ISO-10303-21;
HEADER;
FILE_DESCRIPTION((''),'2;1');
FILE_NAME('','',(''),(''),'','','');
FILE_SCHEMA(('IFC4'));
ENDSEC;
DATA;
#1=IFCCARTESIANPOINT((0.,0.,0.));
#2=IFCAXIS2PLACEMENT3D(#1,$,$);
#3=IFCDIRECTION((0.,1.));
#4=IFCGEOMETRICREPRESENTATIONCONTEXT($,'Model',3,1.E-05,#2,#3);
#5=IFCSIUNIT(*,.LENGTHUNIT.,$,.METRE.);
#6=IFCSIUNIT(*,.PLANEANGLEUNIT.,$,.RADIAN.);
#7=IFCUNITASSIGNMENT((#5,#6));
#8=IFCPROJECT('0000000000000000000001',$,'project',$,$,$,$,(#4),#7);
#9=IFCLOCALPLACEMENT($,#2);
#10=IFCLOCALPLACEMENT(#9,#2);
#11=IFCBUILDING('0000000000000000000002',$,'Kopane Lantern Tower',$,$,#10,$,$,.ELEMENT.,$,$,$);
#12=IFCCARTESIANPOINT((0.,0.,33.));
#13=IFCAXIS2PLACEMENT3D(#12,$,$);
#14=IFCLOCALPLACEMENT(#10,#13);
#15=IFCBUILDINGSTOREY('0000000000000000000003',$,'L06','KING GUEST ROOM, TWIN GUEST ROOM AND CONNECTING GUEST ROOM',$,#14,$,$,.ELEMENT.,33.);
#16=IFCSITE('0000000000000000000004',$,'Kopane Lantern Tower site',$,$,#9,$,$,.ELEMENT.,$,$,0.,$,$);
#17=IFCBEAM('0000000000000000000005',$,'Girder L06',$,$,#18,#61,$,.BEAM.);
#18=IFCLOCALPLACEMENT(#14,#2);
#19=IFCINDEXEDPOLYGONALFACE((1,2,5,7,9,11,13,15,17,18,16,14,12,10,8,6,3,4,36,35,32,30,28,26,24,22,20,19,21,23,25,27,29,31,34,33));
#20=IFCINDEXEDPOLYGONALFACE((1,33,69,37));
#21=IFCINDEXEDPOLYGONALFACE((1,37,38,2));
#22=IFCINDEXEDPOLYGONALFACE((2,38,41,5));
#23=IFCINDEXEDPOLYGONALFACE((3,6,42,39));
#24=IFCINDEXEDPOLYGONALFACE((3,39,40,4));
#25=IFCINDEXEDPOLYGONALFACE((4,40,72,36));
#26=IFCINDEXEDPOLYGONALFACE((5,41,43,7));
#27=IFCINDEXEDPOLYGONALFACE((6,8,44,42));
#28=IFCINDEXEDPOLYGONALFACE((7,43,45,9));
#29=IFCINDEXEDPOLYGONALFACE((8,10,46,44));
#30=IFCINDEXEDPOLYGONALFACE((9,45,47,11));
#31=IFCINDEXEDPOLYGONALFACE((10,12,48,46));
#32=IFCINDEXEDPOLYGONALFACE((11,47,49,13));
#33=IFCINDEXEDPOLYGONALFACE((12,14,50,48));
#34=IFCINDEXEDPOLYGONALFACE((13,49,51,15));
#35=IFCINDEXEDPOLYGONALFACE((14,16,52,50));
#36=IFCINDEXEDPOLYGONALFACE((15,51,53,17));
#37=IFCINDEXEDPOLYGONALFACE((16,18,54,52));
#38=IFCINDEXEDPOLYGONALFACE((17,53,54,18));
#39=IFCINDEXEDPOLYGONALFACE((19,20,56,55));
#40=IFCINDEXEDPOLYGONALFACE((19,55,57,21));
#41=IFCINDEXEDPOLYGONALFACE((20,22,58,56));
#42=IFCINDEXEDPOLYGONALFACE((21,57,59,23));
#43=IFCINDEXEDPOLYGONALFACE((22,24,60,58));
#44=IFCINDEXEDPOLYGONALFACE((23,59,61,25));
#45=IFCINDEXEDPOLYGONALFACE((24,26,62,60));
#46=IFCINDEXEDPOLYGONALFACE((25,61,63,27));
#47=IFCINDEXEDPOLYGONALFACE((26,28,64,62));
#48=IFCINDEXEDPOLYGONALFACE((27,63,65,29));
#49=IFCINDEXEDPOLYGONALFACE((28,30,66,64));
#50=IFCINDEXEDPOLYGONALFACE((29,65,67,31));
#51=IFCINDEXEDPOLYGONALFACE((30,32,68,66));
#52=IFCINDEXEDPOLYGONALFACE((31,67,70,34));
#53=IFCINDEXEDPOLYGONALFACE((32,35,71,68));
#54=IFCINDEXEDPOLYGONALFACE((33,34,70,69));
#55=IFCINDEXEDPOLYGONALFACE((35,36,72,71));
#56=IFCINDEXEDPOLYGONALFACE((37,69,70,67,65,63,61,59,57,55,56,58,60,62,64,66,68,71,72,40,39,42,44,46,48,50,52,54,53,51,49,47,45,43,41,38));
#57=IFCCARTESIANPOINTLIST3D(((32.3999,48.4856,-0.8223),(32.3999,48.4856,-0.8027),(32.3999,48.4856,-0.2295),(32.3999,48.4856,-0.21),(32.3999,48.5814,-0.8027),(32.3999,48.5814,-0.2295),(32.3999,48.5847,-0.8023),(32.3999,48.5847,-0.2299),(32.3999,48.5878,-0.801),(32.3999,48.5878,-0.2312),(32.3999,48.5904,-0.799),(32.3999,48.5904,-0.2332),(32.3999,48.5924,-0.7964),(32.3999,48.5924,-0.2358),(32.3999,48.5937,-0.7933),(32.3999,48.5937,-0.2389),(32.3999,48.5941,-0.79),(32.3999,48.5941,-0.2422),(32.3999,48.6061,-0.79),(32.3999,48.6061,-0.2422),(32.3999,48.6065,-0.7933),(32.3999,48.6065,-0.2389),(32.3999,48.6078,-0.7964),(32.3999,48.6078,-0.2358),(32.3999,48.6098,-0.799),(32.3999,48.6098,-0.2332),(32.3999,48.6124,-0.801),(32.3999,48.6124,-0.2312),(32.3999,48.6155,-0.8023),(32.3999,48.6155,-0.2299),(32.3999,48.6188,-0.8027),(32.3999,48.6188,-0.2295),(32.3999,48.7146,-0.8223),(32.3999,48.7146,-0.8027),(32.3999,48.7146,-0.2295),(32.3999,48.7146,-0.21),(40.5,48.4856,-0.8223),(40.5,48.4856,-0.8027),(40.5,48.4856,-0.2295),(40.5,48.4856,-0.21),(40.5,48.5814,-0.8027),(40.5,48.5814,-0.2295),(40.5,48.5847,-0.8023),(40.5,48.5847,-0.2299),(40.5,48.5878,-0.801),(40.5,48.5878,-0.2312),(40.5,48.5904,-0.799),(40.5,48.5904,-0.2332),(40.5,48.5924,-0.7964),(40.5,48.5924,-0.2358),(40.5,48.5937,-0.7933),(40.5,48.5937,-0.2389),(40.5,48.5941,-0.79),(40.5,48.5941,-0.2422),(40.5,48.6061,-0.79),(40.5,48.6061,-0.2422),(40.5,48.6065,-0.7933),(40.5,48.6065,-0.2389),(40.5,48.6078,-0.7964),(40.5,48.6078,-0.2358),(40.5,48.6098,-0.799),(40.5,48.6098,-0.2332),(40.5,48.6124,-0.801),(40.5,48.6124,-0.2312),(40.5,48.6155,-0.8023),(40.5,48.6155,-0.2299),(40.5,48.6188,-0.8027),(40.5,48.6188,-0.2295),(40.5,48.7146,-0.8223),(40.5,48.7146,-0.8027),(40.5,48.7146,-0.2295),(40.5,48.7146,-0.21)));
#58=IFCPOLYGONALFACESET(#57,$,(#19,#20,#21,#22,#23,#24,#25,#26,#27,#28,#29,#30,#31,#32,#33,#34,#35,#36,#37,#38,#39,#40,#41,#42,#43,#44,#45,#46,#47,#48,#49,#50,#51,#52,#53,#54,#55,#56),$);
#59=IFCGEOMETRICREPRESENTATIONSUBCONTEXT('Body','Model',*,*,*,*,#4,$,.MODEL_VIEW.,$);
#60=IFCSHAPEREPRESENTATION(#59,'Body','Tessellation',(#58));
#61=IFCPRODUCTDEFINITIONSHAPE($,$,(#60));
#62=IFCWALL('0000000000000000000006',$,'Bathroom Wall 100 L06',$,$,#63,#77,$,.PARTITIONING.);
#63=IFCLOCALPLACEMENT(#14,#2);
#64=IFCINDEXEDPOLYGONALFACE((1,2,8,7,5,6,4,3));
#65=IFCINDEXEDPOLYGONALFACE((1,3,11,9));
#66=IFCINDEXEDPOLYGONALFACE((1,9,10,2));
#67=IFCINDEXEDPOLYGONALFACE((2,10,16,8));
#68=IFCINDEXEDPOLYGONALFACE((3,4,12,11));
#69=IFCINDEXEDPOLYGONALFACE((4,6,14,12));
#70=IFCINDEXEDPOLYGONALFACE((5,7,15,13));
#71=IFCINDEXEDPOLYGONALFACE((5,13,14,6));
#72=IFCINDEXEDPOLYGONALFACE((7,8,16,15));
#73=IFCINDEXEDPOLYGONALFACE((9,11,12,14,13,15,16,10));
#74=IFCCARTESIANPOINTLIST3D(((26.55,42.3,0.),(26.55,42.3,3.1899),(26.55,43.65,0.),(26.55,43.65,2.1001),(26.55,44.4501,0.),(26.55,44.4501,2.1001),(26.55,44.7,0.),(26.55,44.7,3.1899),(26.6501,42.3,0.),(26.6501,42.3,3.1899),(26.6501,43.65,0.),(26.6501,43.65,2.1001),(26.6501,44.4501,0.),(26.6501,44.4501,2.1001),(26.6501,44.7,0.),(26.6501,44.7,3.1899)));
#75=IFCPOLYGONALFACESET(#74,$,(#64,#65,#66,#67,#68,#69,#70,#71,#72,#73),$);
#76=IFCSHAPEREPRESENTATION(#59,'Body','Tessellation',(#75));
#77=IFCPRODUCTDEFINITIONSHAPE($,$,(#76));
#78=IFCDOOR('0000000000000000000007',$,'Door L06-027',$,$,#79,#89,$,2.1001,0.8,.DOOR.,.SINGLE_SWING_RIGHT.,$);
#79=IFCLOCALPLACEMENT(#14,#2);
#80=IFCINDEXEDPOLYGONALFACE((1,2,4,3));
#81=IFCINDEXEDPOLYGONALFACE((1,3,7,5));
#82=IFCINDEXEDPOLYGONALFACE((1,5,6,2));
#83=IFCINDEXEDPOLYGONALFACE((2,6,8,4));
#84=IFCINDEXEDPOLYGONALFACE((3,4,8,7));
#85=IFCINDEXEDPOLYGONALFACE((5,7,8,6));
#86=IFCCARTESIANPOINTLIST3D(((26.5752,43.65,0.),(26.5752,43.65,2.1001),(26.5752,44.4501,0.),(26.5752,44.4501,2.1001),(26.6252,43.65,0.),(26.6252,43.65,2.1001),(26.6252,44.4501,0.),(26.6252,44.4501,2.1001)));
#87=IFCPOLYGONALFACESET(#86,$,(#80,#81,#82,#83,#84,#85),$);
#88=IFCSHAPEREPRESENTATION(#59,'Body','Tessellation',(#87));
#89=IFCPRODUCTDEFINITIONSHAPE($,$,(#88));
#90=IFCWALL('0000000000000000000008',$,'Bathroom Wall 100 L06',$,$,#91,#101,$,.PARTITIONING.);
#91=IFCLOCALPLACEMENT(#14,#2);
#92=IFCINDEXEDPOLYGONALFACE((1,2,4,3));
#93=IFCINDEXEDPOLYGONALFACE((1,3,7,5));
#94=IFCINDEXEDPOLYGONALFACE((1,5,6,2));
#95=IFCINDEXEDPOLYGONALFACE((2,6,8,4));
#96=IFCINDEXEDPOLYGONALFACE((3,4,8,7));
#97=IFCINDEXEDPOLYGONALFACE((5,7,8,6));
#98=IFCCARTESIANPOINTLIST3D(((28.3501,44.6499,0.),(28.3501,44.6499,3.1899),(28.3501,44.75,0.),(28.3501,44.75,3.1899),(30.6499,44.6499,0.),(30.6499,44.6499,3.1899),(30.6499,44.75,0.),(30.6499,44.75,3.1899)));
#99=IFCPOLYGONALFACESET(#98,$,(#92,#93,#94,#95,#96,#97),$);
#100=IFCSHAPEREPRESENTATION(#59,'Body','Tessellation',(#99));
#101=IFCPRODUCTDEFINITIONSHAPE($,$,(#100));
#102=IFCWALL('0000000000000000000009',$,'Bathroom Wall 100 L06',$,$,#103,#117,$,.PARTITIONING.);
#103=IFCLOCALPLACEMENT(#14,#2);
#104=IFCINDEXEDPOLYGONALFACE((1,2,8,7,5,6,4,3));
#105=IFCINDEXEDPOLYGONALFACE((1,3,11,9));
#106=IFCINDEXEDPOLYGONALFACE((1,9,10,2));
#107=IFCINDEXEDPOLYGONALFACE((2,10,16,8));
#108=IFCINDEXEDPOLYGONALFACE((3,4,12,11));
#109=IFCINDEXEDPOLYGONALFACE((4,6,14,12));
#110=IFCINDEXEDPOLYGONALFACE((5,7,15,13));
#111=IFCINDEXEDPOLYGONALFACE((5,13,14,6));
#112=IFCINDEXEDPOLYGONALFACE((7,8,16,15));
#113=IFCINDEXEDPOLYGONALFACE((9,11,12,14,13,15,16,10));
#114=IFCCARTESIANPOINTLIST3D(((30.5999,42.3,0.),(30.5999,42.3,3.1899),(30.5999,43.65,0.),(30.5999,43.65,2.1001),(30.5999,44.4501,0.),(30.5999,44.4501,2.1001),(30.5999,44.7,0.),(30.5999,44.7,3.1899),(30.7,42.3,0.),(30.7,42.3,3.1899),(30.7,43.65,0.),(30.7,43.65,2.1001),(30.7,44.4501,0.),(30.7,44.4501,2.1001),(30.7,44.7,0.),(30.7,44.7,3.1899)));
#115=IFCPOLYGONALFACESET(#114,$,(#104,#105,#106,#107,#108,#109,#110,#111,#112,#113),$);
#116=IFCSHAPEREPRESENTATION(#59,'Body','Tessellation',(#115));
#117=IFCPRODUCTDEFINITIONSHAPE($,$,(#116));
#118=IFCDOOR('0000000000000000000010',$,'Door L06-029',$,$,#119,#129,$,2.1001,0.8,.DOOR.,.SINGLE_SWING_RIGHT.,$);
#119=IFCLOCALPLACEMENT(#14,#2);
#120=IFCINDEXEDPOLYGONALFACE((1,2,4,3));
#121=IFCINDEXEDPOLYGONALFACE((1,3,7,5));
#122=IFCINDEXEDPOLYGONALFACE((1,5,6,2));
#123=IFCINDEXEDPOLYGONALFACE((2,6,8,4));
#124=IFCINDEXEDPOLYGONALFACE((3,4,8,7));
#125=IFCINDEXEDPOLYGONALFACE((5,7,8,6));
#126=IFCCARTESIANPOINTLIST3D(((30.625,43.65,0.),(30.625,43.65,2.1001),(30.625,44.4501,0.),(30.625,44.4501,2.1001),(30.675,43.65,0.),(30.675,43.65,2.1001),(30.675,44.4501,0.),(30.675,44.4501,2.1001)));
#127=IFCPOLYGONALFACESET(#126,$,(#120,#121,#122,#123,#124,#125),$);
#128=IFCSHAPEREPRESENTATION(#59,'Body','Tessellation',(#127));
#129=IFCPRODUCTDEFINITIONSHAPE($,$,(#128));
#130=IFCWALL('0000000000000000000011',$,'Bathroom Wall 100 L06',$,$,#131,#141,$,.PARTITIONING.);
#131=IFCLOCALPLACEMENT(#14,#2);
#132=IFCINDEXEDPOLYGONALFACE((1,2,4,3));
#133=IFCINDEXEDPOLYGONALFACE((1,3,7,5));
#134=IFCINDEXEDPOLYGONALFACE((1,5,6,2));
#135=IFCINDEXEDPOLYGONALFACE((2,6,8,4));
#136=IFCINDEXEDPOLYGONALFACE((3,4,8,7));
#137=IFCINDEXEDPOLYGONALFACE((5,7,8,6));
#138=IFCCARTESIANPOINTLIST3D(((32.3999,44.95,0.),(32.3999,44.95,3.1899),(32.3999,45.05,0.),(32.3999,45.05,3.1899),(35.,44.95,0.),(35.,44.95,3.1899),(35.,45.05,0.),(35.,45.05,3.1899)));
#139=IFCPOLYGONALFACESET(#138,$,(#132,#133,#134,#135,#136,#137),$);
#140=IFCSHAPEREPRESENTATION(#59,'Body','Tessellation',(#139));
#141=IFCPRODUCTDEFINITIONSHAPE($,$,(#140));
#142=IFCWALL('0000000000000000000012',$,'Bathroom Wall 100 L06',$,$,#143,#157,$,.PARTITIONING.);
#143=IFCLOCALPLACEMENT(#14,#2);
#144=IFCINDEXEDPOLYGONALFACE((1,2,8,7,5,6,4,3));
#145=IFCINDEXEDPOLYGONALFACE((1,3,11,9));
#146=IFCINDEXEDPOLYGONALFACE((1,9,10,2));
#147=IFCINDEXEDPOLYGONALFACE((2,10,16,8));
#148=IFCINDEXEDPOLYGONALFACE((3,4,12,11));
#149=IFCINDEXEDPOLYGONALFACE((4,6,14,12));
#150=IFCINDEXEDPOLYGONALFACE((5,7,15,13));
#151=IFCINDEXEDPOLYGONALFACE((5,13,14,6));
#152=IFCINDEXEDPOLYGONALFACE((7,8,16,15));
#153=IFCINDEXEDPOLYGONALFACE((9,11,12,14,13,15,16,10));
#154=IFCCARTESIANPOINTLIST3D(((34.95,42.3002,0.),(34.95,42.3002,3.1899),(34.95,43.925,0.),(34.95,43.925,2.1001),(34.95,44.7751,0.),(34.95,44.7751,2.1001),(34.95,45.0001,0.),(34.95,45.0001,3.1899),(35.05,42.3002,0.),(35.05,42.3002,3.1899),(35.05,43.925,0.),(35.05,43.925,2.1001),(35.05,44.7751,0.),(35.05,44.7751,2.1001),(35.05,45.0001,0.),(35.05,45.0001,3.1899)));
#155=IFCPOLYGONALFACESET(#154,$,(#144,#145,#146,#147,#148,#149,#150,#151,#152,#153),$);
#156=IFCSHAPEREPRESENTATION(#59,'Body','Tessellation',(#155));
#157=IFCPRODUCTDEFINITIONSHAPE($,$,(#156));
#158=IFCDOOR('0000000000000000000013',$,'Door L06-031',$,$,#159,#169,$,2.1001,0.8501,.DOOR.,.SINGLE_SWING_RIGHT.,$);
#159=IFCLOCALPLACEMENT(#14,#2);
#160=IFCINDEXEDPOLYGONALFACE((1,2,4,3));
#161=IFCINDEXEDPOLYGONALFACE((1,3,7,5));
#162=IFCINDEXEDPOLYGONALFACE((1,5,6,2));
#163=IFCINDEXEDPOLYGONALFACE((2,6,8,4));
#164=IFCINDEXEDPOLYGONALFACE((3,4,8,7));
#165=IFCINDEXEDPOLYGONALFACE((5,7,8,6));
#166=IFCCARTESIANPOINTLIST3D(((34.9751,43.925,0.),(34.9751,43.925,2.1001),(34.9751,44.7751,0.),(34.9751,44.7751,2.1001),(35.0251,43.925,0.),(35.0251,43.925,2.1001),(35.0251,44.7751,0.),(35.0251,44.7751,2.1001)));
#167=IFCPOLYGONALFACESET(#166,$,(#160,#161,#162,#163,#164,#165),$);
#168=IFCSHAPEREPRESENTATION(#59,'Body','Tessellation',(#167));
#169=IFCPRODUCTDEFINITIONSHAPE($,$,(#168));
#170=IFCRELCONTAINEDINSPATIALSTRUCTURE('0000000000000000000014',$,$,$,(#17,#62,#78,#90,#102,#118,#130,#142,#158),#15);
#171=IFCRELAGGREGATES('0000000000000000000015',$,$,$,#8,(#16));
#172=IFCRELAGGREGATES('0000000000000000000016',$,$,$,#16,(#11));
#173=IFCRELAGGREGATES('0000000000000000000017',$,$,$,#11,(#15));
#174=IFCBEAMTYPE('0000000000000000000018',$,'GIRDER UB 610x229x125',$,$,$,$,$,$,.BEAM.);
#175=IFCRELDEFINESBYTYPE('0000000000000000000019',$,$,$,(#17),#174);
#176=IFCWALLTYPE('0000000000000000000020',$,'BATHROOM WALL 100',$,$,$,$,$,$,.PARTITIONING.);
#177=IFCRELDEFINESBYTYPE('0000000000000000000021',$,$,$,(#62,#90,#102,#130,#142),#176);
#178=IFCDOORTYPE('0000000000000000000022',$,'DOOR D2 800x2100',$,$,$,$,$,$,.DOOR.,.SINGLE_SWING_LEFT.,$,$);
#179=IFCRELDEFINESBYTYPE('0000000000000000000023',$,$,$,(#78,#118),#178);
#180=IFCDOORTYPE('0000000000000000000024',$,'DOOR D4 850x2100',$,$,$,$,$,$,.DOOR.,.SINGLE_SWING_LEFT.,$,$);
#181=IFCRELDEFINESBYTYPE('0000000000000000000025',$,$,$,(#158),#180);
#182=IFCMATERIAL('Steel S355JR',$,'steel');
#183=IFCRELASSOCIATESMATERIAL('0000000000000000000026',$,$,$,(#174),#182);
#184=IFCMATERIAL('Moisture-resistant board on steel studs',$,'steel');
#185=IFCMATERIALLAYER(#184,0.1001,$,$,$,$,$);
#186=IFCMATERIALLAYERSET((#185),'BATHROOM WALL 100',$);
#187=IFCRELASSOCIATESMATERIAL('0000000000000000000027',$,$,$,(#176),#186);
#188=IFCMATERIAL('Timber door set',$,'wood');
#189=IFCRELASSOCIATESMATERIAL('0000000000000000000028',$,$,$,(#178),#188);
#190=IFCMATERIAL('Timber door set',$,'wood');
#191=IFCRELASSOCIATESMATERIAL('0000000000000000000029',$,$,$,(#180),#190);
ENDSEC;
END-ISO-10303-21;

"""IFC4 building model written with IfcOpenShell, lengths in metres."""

from ifc_helpers import new_model, si_unit, direction, frame, frame_2d, origin, origin_2d, place, context, subcontext, project, spatial, rectangle, i_section, extrude, material, layer, layer_set, material_profile, profile_set, type_object, element, fill, save


model = new_model("IFC4")

# Units and contexts
model_context = context("Model", 3, precision=1e-05, world=origin(), true_north=direction((0.0, 1.0)))
body_context = subcontext(model_context, "Body", "Model", "MODEL_VIEW")
ifc_project = project(units=[si_unit("LENGTHUNIT", "METRE"), si_unit("PLANEANGLEUNIT", "RADIAN")], contexts=[model_context])

# Site, building, storey
site_placement = place(None, origin())
site = spatial("IfcSite", under=ifc_project, at=site_placement, Name="Kopane Lantern Tower site", CompositionType="ELEMENT", RefElevation=0.0)
building_placement = place(site_placement, origin())
building = spatial("IfcBuilding", under=site, at=building_placement, Name="Kopane Lantern Tower", CompositionType="ELEMENT")
storey_placement = place(building_placement, frame((0.0, 0.0, 33.0)))
storey = spatial("IfcBuildingStorey", under=building, at=storey_placement, Name="L06", Description="KING GUEST ROOM, TWIN GUEST ROOM AND CONNECTING GUEST ROOM", CompositionType="ELEMENT", Elevation=33.0)

# Beam
ifc_material_1 = material(Name="Steel S355JR", Category="steel")
ifc_material_profile_1 = material_profile(ifc_material_1, i_section(OverallWidth=0.229, OverallDepth=0.6123, WebThickness=0.012, FlangeThickness=0.0195, FilletRadius=0.0127, at=origin_2d()), Name="UB 610x229x125")
ifc_profile_set_1 = profile_set([ifc_material_profile_1], Name="Steel S355JR")
beam_type = type_object("IfcBeamType", Name="GIRDER UB 610x229x125", PredefinedType="BEAM", material=ifc_profile_set_1)
for number, where, z_axis, x_axis, name in (
    (1, (32.3999, 48.6001, -0.5161), (1.0, 0.0, 0.0), (0.0, 1.0, 0.0), "Girder L06"),
):
    element("IfcBeam", number, at=place(storey_placement, frame(where, z_axis=z_axis, x_axis=x_axis)), inside=storey, type_object=beam_type, Name=name, PredefinedType="BEAM", context=body_context, shape_type="SweptSolid", body=[
        extrude(i_section(OverallWidth=0.229, OverallDepth=0.6123, WebThickness=0.012, FlangeThickness=0.0195, FilletRadius=0.0127, at=origin_2d()), origin(), (0.0, 0.0, 1.0), 8.1001),
    ])

# Wall, opening, door
ifc_material_2 = material(Name="Moisture-resistant board on steel studs", Category="steel")
ifc_layer_1 = layer(ifc_material_2, 0.1001)
ifc_layer_set_1 = layer_set([ifc_layer_1], Name="BATHROOM WALL 100")
wall_type_1 = type_object("IfcWallType", Name="BATHROOM WALL 100", PredefinedType="PARTITIONING", material=ifc_layer_set_1)
wall_1_placement = place(storey_placement, frame((26.6001, 42.3, 0.0), z_axis=(0.0, 0.0, 1.0), x_axis=(0.0, 1.0, 0.0)))
wall_1 = element("IfcWall", 2, at=wall_1_placement, inside=storey, type_object=wall_type_1, Name="Bathroom Wall 100 L06", PredefinedType="PARTITIONING", context=body_context, shape_type="SweptSolid", body=[
    extrude(rectangle(XDim=2.3999, YDim=0.1001, at=frame_2d((1.2, 0.0))), origin(), (0.0, 0.0, 1.0), 3.1899),
])
opening_1_placement = place(wall_1_placement, frame((1.3501, 0.0, 0.0)))
opening_1 = element("IfcOpeningElement", 3, at=opening_1_placement, cuts=wall_1, PredefinedType="OPENING", context=body_context, shape_type="SweptSolid", body=[
    extrude(rectangle(XDim=0.8, YDim=2.1001, at=frame_2d((0.3999, 1.05))), frame((0.0, 0.0601, 0.0), z_axis=(0.0, -1.0, 0.0), x_axis=(1.0, 0.0, 0.0)), (0.0, 0.0, 1.0), 0.1201),
])
ifc_material_3 = material(Name="Timber door set", Category="wood")
door_type_1 = type_object("IfcDoorType", Name="DOOR D2 800x2100", OperationType="SINGLE_SWING_LEFT", PredefinedType="DOOR", material=ifc_material_3)
door_1_placement = place(opening_1_placement, origin())
door_1 = element("IfcDoor", 4, at=door_1_placement, inside=storey, type_object=door_type_1, Name="Door L06-027", OperationType="SINGLE_SWING_RIGHT", OverallHeight=2.1001, OverallWidth=0.8, PredefinedType="DOOR", context=body_context, shape_type="SweptSolid", body=[
    extrude(rectangle(XDim=0.8, YDim=2.1001, at=frame_2d((0.3999, 1.05))), frame((0.0, 0.0249, 0.0), z_axis=(0.0, -1.0, 0.0), x_axis=(1.0, 0.0, 0.0)), (0.0, 0.0, 1.0), 0.05),
])
fill(opening_1, door_1)

# Wall
wall_2_placement = place(storey_placement, frame((28.3501, 44.7, 0.0), z_axis=(0.0, 0.0, 1.0), x_axis=(1.0, 0.0, 0.0)))
element("IfcWall", 5, at=wall_2_placement, inside=storey, type_object=wall_type_1, Name="Bathroom Wall 100 L06", PredefinedType="PARTITIONING", context=body_context, shape_type="SweptSolid", body=[
    extrude(rectangle(XDim=2.2998, YDim=0.1001, at=frame_2d((1.1499, 0.0))), origin(), (0.0, 0.0, 1.0), 3.1899),
])

# Wall, opening, door
wall_3_placement = place(storey_placement, frame((30.6499, 42.3, 0.0), z_axis=(0.0, 0.0, 1.0), x_axis=(0.0, 1.0, 0.0)))
wall_3 = element("IfcWall", 6, at=wall_3_placement, inside=storey, type_object=wall_type_1, Name="Bathroom Wall 100 L06", PredefinedType="PARTITIONING", context=body_context, shape_type="SweptSolid", body=[
    extrude(rectangle(XDim=2.3999, YDim=0.1001, at=frame_2d((1.2, 0.0))), origin(), (0.0, 0.0, 1.0), 3.1899),
])
opening_2_placement = place(wall_3_placement, frame((1.3501, 0.0, 0.0)))
opening_2 = element("IfcOpeningElement", 7, at=opening_2_placement, cuts=wall_3, PredefinedType="OPENING", context=body_context, shape_type="SweptSolid", body=[
    extrude(rectangle(XDim=0.8, YDim=2.1001, at=frame_2d((0.3999, 1.05))), frame((0.0, 0.0601, 0.0), z_axis=(0.0, -1.0, 0.0), x_axis=(1.0, 0.0, 0.0)), (0.0, 0.0, 1.0), 0.1201),
])
door_2_placement = place(opening_2_placement, origin())
door_2 = element("IfcDoor", 8, at=door_2_placement, inside=storey, type_object=door_type_1, Name="Door L06-029", OperationType="SINGLE_SWING_RIGHT", OverallHeight=2.1001, OverallWidth=0.8, PredefinedType="DOOR", context=body_context, shape_type="SweptSolid", body=[
    extrude(rectangle(XDim=0.8, YDim=2.1001, at=frame_2d((0.3999, 1.05))), frame((0.0, 0.0249, 0.0), z_axis=(0.0, -1.0, 0.0), x_axis=(1.0, 0.0, 0.0)), (0.0, 0.0, 1.0), 0.05),
])
fill(opening_2, door_2)

# Wall
wall_4_placement = place(storey_placement, frame((32.3999, 45.0, 0.0), z_axis=(0.0, 0.0, 1.0), x_axis=(1.0, 0.0, 0.0)))
element("IfcWall", 9, at=wall_4_placement, inside=storey, type_object=wall_type_1, Name="Bathroom Wall 100 L06", PredefinedType="PARTITIONING", context=body_context, shape_type="SweptSolid", body=[
    extrude(rectangle(XDim=2.6001, YDim=0.1001, at=frame_2d((1.3, 0.0))), origin(), (0.0, 0.0, 1.0), 3.1899),
])

# Wall, opening, door
wall_5_placement = place(storey_placement, frame((35.0, 42.3, 0.0), z_axis=(0.0, 0.0, 1.0), x_axis=(0.0, 1.0, 0.0)))
wall_5 = element("IfcWall", 10, at=wall_5_placement, inside=storey, type_object=wall_type_1, Name="Bathroom Wall 100 L06", PredefinedType="PARTITIONING", context=body_context, shape_type="SweptSolid", body=[
    extrude(rectangle(XDim=2.7, YDim=0.1001, at=frame_2d((1.3501, 0.0))), origin(), (0.0, 0.0, 1.0), 3.1899),
])
opening_3_placement = place(wall_5_placement, frame((1.625, 0.0, 0.0)))
opening_3 = element("IfcOpeningElement", 11, at=opening_3_placement, cuts=wall_5, PredefinedType="OPENING", context=body_context, shape_type="SweptSolid", body=[
    extrude(rectangle(XDim=0.8501, YDim=2.1001, at=frame_2d((0.425, 1.05))), frame((0.0, 0.0601, 0.0), z_axis=(0.0, -1.0, 0.0), x_axis=(1.0, 0.0, 0.0)), (0.0, 0.0, 1.0), 0.1201),
])
ifc_material_4 = material(Name="Timber door set", Category="wood")
door_type_2 = type_object("IfcDoorType", Name="DOOR D4 850x2100", OperationType="SINGLE_SWING_LEFT", PredefinedType="DOOR", material=ifc_material_4)
door_3_placement = place(opening_3_placement, origin())
door_3 = element("IfcDoor", 12, at=door_3_placement, inside=storey, type_object=door_type_2, Name="Door L06-031", OperationType="SINGLE_SWING_RIGHT", OverallHeight=2.1001, OverallWidth=0.8501, PredefinedType="DOOR", context=body_context, shape_type="SweptSolid", body=[
    extrude(rectangle(XDim=0.8501, YDim=2.1001, at=frame_2d((0.425, 1.05))), frame((0.0, 0.0249, 0.0), z_axis=(0.0, -1.0, 0.0), x_axis=(1.0, 0.0, 0.0)), (0.0, 0.0, 1.0), 0.05),
])
fill(opening_3, door_3)

save(model, "model.ifc")
